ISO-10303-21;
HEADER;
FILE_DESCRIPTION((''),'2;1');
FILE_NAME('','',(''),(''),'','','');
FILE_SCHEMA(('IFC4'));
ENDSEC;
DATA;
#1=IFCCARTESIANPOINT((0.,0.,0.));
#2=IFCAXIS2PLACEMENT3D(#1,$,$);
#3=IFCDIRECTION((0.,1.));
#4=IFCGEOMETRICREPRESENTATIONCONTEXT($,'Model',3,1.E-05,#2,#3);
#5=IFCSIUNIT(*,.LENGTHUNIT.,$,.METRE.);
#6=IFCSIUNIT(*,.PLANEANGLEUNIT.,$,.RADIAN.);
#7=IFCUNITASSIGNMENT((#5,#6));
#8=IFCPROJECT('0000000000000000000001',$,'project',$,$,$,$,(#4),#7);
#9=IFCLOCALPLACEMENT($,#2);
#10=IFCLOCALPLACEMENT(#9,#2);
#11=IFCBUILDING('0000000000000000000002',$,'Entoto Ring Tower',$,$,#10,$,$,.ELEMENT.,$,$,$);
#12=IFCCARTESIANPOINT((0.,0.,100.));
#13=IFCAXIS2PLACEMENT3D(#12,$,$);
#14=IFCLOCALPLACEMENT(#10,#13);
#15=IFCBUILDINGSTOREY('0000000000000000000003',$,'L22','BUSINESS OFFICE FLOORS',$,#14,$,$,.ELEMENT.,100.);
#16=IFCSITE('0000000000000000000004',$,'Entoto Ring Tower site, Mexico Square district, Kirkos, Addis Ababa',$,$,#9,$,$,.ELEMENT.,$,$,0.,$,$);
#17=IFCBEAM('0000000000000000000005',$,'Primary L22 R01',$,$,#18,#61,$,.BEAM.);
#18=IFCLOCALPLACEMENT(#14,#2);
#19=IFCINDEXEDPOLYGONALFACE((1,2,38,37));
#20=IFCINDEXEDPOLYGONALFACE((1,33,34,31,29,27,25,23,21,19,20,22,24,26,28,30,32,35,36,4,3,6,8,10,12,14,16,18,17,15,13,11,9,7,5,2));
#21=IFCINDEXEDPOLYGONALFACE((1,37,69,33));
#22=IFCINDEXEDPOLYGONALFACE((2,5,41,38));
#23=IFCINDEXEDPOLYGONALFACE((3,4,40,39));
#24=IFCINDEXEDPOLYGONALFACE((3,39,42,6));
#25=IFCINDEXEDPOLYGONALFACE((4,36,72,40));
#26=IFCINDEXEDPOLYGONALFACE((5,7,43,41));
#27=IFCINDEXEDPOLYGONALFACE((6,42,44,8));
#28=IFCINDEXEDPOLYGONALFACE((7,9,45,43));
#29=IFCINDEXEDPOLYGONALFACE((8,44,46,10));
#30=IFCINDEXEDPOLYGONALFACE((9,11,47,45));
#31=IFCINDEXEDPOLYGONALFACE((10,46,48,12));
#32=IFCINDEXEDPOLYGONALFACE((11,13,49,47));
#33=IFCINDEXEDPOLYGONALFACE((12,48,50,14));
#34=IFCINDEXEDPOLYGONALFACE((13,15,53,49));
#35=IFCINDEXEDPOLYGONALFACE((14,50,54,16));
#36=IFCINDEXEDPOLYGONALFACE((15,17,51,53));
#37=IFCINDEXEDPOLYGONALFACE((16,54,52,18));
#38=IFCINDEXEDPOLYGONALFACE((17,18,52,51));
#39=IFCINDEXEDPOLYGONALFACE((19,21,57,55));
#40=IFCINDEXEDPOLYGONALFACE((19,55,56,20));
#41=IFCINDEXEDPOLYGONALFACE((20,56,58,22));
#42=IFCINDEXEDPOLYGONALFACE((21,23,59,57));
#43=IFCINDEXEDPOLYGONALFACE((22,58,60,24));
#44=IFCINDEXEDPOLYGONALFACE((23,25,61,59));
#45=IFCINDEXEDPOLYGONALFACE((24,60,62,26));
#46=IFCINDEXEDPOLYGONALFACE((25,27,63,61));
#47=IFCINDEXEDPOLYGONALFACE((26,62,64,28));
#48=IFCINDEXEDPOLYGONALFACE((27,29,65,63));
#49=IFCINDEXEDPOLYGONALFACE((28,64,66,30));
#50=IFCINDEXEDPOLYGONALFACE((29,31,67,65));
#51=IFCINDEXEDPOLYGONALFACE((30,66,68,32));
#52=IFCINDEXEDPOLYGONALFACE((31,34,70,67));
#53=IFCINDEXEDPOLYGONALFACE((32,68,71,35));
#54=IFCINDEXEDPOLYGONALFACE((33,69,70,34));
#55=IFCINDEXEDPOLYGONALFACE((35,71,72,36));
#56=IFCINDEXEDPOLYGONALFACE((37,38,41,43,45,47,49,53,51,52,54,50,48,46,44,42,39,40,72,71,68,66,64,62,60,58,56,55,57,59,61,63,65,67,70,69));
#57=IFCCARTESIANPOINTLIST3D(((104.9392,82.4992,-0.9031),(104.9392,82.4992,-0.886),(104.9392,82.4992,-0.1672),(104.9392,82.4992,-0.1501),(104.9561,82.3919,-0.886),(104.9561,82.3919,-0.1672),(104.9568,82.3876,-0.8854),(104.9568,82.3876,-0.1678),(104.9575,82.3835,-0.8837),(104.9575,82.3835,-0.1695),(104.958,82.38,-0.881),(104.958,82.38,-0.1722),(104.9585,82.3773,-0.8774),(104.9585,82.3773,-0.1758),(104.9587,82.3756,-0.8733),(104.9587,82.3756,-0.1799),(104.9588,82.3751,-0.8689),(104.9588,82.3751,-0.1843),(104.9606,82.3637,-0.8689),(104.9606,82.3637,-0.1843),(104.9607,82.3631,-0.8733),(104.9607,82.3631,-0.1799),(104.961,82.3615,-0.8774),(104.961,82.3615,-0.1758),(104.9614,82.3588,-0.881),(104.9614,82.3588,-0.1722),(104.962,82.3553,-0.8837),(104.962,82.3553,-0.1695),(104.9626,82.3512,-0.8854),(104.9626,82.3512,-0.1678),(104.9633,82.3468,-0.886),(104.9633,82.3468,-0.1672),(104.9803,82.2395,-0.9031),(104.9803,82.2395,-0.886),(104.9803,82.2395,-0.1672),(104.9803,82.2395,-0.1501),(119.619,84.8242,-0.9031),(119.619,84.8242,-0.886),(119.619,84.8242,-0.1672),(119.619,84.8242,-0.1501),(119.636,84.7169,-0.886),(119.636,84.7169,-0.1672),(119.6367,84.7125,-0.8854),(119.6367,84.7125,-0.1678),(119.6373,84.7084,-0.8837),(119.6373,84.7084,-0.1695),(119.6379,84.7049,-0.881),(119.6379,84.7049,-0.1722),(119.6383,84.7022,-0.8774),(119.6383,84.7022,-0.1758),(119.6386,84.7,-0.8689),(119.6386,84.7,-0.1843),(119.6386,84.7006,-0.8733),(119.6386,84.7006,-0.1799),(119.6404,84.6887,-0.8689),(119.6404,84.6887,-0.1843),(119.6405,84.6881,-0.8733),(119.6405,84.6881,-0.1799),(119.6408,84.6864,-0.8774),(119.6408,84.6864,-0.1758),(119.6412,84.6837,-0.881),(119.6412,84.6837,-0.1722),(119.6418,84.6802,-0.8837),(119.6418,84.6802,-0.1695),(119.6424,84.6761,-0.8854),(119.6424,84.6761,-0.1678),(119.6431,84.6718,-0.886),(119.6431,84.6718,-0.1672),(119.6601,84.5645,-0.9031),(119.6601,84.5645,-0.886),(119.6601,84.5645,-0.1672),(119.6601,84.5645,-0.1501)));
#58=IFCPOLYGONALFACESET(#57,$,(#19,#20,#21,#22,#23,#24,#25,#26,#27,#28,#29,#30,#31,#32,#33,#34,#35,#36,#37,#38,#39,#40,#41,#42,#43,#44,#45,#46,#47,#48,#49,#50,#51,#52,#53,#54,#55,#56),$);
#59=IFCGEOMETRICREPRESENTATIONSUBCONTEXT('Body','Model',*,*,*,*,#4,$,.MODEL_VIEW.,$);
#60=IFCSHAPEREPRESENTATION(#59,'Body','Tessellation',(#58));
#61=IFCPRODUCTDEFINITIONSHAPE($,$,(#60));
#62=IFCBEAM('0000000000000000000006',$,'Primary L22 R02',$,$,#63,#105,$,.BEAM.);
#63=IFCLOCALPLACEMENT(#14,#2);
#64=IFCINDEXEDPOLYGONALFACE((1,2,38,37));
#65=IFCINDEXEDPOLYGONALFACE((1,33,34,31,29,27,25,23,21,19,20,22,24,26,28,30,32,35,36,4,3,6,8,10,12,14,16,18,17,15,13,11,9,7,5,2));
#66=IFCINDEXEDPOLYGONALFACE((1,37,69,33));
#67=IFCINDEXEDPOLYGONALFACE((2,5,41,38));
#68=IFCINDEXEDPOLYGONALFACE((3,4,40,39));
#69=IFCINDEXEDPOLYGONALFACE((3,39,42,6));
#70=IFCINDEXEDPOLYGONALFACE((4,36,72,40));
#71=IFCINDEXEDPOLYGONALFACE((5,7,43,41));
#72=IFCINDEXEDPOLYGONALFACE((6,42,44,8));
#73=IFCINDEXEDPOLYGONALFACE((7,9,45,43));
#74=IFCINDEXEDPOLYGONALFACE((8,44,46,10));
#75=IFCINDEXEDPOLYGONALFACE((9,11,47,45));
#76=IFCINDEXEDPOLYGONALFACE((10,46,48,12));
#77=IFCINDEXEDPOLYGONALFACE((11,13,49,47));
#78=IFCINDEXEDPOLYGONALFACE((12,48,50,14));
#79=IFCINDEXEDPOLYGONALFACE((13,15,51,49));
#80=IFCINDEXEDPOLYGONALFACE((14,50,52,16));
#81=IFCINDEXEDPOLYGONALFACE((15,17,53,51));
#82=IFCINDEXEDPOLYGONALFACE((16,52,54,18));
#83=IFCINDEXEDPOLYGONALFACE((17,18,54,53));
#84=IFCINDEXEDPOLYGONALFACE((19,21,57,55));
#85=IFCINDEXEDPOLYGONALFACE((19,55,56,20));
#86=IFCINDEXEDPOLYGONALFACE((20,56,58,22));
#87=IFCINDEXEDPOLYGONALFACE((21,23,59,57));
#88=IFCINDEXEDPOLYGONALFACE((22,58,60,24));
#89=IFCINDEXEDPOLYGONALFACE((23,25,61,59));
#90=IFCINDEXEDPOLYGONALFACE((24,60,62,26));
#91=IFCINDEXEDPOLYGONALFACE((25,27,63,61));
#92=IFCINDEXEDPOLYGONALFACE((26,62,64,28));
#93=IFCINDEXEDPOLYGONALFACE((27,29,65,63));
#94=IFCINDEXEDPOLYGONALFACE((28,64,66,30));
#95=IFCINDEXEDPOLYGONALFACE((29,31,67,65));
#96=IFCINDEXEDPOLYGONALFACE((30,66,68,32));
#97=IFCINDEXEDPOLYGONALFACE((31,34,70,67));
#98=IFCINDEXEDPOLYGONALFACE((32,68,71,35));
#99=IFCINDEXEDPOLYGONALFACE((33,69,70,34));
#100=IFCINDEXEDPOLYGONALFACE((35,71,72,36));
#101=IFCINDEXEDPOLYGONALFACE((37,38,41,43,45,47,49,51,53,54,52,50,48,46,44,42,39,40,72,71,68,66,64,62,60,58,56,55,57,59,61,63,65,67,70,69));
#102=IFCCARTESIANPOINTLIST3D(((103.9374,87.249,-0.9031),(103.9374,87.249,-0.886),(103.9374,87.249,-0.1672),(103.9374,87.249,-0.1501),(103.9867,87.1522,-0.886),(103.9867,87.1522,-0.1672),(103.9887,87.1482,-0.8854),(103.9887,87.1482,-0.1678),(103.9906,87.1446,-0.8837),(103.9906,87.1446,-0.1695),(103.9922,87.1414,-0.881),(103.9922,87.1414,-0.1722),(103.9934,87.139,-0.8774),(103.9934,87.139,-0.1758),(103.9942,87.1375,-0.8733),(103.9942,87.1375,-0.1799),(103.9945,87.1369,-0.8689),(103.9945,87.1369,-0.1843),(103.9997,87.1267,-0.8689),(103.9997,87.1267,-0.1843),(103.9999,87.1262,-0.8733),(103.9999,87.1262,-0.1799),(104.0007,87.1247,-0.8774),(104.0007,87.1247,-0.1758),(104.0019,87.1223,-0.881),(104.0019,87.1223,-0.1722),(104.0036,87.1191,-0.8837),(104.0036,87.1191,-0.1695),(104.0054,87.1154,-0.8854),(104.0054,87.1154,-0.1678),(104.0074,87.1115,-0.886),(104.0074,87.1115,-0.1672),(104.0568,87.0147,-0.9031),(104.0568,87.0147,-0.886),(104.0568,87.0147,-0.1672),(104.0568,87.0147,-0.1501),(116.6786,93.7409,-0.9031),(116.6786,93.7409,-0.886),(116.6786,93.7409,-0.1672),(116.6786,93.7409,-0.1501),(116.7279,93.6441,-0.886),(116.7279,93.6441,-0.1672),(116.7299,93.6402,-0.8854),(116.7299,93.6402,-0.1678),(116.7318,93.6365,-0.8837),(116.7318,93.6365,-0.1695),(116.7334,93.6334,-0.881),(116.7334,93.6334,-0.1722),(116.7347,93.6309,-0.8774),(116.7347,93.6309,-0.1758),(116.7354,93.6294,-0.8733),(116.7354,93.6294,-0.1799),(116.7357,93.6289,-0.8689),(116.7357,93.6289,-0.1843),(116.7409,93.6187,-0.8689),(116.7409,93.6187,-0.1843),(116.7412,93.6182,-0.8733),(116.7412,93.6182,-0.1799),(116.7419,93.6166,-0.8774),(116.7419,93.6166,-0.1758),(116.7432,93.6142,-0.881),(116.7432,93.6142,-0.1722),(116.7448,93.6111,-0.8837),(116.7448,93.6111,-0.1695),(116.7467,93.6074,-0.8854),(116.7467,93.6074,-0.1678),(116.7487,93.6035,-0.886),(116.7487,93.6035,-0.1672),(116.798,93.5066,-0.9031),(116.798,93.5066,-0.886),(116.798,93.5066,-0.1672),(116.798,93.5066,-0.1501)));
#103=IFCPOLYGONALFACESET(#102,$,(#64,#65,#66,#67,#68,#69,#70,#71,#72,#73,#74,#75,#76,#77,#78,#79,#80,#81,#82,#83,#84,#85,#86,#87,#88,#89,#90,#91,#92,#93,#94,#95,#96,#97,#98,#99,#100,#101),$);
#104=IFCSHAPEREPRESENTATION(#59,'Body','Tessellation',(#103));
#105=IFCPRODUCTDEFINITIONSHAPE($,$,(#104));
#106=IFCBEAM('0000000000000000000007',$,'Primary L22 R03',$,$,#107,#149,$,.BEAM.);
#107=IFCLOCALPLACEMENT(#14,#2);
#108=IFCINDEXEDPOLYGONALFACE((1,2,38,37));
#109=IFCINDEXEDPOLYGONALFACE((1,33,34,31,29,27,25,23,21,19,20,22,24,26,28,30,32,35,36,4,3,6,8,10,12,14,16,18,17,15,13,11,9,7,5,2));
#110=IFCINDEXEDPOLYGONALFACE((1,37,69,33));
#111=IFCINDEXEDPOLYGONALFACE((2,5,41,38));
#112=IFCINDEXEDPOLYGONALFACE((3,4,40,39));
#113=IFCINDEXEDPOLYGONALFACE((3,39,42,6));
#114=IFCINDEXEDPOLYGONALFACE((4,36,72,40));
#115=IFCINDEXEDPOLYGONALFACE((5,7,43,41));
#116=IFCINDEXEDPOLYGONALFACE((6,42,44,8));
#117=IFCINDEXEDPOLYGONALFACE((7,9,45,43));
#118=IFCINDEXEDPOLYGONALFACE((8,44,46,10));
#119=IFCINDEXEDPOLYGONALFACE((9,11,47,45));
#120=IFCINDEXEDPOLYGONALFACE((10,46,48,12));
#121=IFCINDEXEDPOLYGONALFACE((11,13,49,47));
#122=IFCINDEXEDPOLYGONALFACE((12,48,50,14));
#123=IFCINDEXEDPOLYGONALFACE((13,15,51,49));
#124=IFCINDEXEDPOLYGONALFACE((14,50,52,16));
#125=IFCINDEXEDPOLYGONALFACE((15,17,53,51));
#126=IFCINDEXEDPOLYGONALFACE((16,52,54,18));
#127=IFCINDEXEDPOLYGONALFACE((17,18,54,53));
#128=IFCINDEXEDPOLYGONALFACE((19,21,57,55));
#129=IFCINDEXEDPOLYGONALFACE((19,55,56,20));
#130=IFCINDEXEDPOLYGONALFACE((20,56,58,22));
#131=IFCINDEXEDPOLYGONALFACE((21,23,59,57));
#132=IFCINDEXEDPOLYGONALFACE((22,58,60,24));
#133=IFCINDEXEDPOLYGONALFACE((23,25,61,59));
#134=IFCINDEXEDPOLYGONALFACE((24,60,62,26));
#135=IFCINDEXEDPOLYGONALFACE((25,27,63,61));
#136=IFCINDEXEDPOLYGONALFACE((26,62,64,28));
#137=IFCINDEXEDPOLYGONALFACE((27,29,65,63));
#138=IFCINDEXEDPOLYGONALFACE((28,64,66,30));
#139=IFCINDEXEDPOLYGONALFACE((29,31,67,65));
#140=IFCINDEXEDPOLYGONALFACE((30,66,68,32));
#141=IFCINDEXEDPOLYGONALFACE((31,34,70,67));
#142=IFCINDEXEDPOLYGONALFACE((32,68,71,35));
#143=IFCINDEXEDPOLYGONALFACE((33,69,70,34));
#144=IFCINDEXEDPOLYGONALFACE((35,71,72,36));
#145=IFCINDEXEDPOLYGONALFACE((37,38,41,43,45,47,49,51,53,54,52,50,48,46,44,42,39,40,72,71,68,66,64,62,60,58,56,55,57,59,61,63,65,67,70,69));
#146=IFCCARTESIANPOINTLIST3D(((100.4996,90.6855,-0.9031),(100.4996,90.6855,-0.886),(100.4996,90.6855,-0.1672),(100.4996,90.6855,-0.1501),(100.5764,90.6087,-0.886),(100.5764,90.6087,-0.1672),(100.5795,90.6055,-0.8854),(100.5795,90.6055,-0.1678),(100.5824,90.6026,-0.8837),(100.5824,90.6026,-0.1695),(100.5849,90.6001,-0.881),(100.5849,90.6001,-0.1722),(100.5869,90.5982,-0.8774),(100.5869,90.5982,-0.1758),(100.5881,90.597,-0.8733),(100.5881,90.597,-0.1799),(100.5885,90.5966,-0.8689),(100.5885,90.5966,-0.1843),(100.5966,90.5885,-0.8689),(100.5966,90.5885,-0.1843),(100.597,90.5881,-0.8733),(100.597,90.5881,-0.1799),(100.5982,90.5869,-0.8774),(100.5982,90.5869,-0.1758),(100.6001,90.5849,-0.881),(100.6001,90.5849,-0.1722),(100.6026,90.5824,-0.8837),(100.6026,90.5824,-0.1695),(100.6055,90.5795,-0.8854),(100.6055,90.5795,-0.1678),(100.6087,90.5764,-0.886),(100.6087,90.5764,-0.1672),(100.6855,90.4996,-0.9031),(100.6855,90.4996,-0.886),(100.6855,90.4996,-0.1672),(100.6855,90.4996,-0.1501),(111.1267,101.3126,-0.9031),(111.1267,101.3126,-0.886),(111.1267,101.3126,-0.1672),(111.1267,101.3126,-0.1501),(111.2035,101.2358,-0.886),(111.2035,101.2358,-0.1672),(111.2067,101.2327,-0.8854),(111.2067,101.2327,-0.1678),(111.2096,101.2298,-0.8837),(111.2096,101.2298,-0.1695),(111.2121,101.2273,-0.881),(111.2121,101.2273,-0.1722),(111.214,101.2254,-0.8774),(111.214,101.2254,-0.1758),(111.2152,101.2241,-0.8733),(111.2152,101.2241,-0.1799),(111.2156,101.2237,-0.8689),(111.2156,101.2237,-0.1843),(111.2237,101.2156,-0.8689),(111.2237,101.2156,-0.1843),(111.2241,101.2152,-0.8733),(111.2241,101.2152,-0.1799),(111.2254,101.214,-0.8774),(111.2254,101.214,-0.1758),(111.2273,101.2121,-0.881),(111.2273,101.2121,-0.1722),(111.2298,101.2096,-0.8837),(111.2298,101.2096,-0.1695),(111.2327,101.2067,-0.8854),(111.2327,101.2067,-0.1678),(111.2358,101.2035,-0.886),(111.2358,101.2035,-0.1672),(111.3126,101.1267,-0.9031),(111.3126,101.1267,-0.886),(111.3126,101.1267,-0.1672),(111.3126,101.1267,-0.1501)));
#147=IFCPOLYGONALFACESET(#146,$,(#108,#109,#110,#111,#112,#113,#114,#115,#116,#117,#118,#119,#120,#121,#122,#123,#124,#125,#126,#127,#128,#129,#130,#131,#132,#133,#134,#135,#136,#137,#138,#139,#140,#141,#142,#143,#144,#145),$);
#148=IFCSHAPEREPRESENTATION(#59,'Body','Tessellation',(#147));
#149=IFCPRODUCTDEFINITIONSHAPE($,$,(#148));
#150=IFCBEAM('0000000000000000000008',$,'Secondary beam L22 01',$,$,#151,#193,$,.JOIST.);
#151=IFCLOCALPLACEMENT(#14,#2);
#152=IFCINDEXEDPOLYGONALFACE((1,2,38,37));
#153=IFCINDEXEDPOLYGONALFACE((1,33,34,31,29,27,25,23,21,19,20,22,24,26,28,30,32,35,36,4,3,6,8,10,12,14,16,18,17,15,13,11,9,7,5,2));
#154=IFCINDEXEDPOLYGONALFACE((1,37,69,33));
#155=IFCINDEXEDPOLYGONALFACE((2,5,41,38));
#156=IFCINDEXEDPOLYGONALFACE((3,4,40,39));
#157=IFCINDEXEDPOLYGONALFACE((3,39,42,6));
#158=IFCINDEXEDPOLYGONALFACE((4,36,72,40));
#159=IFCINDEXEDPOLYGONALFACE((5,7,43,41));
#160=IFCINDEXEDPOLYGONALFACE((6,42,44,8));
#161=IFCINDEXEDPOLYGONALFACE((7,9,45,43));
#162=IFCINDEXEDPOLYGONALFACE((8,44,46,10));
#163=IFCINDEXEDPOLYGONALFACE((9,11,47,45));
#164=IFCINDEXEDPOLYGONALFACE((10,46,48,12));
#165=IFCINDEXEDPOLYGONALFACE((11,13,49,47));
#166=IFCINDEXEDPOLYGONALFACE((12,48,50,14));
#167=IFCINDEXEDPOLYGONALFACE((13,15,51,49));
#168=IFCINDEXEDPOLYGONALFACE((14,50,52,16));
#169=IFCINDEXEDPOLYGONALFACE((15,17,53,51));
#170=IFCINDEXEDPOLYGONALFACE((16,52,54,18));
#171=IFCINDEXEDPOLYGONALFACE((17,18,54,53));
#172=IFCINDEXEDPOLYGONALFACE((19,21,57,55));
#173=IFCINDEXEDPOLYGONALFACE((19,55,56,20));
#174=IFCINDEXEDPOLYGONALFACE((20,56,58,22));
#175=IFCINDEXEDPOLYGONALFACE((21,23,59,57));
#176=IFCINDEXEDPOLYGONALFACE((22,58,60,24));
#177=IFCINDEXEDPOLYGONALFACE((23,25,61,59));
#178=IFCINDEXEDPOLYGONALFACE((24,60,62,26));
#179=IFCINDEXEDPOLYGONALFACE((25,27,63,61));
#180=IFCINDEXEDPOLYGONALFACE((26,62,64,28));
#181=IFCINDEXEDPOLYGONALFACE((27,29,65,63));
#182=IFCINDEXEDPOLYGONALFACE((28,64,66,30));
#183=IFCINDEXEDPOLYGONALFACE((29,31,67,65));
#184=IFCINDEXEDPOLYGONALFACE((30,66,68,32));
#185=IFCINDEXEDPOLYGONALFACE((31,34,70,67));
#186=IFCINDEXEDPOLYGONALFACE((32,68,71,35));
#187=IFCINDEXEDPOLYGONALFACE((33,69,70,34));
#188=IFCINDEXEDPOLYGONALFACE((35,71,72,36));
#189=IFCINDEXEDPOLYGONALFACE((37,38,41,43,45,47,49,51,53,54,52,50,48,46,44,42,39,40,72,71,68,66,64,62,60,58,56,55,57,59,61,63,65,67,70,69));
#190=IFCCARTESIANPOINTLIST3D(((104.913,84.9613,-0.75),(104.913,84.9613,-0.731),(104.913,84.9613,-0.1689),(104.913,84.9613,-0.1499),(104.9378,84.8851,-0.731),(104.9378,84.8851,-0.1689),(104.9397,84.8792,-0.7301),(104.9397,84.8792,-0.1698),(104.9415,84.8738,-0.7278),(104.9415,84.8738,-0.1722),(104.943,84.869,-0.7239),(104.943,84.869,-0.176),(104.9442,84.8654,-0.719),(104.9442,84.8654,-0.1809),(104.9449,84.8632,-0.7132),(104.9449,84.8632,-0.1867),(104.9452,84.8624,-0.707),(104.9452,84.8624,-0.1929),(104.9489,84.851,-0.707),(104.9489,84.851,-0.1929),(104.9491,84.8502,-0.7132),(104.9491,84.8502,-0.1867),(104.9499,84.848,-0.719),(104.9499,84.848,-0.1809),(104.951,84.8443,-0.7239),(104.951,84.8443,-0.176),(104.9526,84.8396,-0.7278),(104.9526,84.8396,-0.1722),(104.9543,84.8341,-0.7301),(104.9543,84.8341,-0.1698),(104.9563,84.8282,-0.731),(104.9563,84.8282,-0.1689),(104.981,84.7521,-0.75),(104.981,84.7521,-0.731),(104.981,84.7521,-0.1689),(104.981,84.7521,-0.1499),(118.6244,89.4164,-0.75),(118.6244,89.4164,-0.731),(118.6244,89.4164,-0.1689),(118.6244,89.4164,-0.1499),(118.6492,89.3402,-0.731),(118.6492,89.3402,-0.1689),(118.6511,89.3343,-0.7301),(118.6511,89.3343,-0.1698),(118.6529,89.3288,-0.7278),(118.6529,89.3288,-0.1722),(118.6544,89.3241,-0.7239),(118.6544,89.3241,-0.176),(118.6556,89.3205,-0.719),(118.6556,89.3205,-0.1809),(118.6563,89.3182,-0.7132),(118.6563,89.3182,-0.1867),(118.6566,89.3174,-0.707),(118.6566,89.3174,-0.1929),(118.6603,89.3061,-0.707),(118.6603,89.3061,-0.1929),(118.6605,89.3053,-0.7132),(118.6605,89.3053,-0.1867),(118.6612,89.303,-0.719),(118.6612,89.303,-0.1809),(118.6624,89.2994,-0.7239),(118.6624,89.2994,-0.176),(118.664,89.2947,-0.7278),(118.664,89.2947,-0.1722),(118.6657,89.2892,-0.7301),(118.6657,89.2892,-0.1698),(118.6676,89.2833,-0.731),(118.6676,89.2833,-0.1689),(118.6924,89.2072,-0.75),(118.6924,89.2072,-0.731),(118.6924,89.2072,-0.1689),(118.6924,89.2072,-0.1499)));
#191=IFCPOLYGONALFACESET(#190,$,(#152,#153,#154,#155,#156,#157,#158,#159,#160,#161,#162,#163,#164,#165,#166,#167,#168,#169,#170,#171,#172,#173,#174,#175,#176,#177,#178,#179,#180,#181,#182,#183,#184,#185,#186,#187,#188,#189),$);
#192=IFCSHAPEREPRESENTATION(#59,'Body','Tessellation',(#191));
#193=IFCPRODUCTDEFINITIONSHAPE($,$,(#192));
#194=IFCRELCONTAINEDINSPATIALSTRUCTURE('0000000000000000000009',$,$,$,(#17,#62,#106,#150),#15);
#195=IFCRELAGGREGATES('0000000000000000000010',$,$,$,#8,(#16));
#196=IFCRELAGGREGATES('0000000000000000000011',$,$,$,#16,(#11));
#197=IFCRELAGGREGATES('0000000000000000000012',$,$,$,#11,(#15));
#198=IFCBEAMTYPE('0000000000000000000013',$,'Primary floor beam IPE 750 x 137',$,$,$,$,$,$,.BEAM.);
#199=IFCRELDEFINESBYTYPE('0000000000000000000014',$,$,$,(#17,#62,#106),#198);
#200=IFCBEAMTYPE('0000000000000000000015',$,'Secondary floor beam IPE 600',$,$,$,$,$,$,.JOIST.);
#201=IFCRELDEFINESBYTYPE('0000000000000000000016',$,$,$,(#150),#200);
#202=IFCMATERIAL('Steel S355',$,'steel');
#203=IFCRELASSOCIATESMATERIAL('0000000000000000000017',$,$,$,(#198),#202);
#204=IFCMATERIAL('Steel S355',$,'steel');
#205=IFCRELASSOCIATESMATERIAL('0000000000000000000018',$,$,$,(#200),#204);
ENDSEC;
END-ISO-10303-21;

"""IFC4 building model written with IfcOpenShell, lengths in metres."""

from ifc_helpers import new_model, si_unit, direction, frame, origin, origin_2d, place, context, subcontext, project, spatial, i_section, extrude, material, material_profile, profile_set, type_object, element, save


model = new_model("IFC4")

# Units and contexts
model_context = context("Model", 3, precision=1e-05, world=origin(), true_north=direction((0.0, 1.0)))
body_context = subcontext(model_context, "Body", "Model", "MODEL_VIEW")
ifc_project = project(units=[si_unit("LENGTHUNIT", "METRE"), si_unit("PLANEANGLEUNIT", "RADIAN")], contexts=[model_context])

# Site, building, storey
site_placement = place(None, origin())
site = spatial("IfcSite", under=ifc_project, at=site_placement, Name="Entoto Ring Tower site, Mexico Square district, Kirkos, Addis Ababa", CompositionType="ELEMENT", RefElevation=0.0)
building_placement = place(site_placement, origin())
building = spatial("IfcBuilding", under=site, at=building_placement, Name="Entoto Ring Tower", CompositionType="ELEMENT")
storey_placement = place(building_placement, frame((0.0, 0.0, 100.0)))
storey = spatial("IfcBuildingStorey", under=building, at=storey_placement, Name="L22", Description="BUSINESS OFFICE FLOORS", CompositionType="ELEMENT", Elevation=100.0)

# Beams
ifc_material_1 = material(Name="Steel S355", Category="steel")
ifc_material_profile_1 = material_profile(ifc_material_1, i_section(OverallWidth=0.2629, OverallDepth=0.7529, WebThickness=0.0115, FlangeThickness=0.0171, FilletRadius=0.0171, at=origin_2d()), Name="IPE 750 x 137")
ifc_profile_set_1 = profile_set([ifc_material_profile_1], Name="Steel S355")
beam_type_1 = type_object("IfcBeamType", Name="Primary floor beam IPE 750 x 137", PredefinedType="BEAM", material=ifc_profile_set_1)
beam_1_placement = place(storey_placement, frame((104.9597, 82.3694, -0.5266), z_axis=(0.98769, 0.156426, 0.0), x_axis=(-0.156426, 0.98769, 0.0)))
element("IfcBeam", 1, at=beam_1_placement, inside=storey, type_object=beam_type_1, Name="Primary L22 R01", PredefinedType="BEAM", context=body_context, shape_type="SweptSolid", body=[
    extrude(i_section(OverallWidth=0.2629, OverallDepth=0.7529, WebThickness=0.0115, FlangeThickness=0.0171, FilletRadius=0.0171, at=origin_2d()), origin(), (0.0, 0.0, 1.0), 14.8628),
])
beam_2_placement = place(storey_placement, frame((103.9971, 87.1318, -0.5266), z_axis=(0.891007, 0.453989, 0.0), x_axis=(-0.453989, 0.891007, 0.0)))
element("IfcBeam", 2, at=beam_2_placement, inside=storey, type_object=beam_type_1, Name="Primary L22 R02", PredefinedType="BEAM", context=body_context, shape_type="SweptSolid", body=[
    extrude(i_section(OverallWidth=0.2629, OverallDepth=0.7529, WebThickness=0.0115, FlangeThickness=0.0171, FilletRadius=0.0171, at=origin_2d()), origin(), (0.0, 0.0, 1.0), 14.2998),
])
beam_3_placement = place(storey_placement, frame((100.5925, 90.5925, -0.5266), z_axis=(0.707107, 0.707107, 0.0), x_axis=(-0.707107, 0.707107, 0.0)))
element("IfcBeam", 3, at=beam_3_placement, inside=storey, type_object=beam_type_1, Name="Primary L22 R03", PredefinedType="BEAM", context=body_context, shape_type="SweptSolid", body=[
    extrude(i_section(OverallWidth=0.2629, OverallDepth=0.7529, WebThickness=0.0115, FlangeThickness=0.0171, FilletRadius=0.0171, at=origin_2d()), origin(), (0.0, 0.0, 1.0), 15.0291),
])
ifc_material_2 = material(Name="Steel S355", Category="steel")
ifc_material_profile_2 = material_profile(ifc_material_2, i_section(OverallWidth=0.22, OverallDepth=0.6001, WebThickness=0.012, FlangeThickness=0.019, FilletRadius=0.0239, at=origin_2d()), Name="IPE 600")
ifc_profile_set_2 = profile_set([ifc_material_profile_2], Name="Steel S355")
beam_type_2 = type_object("IfcBeamType", Name="Secondary floor beam IPE 600", PredefinedType="JOIST", material=ifc_profile_set_2)
beam_4_placement = place(storey_placement, frame((104.947, 84.8567, -0.45), z_axis=(0.951057, 0.309015, 0.0), x_axis=(-0.309015, 0.951057, 0.0)))
element("IfcBeam", 4, at=beam_4_placement, inside=storey, type_object=beam_type_2, Name="Secondary beam L22 01", PredefinedType="JOIST", context=body_context, shape_type="SweptSolid", body=[
    extrude(i_section(OverallWidth=0.22, OverallDepth=0.6001, WebThickness=0.012, FlangeThickness=0.019, FilletRadius=0.0239, at=origin_2d()), origin(), (0.0, 0.0, 1.0), 14.417),
])

save(model, "model.ifc")
